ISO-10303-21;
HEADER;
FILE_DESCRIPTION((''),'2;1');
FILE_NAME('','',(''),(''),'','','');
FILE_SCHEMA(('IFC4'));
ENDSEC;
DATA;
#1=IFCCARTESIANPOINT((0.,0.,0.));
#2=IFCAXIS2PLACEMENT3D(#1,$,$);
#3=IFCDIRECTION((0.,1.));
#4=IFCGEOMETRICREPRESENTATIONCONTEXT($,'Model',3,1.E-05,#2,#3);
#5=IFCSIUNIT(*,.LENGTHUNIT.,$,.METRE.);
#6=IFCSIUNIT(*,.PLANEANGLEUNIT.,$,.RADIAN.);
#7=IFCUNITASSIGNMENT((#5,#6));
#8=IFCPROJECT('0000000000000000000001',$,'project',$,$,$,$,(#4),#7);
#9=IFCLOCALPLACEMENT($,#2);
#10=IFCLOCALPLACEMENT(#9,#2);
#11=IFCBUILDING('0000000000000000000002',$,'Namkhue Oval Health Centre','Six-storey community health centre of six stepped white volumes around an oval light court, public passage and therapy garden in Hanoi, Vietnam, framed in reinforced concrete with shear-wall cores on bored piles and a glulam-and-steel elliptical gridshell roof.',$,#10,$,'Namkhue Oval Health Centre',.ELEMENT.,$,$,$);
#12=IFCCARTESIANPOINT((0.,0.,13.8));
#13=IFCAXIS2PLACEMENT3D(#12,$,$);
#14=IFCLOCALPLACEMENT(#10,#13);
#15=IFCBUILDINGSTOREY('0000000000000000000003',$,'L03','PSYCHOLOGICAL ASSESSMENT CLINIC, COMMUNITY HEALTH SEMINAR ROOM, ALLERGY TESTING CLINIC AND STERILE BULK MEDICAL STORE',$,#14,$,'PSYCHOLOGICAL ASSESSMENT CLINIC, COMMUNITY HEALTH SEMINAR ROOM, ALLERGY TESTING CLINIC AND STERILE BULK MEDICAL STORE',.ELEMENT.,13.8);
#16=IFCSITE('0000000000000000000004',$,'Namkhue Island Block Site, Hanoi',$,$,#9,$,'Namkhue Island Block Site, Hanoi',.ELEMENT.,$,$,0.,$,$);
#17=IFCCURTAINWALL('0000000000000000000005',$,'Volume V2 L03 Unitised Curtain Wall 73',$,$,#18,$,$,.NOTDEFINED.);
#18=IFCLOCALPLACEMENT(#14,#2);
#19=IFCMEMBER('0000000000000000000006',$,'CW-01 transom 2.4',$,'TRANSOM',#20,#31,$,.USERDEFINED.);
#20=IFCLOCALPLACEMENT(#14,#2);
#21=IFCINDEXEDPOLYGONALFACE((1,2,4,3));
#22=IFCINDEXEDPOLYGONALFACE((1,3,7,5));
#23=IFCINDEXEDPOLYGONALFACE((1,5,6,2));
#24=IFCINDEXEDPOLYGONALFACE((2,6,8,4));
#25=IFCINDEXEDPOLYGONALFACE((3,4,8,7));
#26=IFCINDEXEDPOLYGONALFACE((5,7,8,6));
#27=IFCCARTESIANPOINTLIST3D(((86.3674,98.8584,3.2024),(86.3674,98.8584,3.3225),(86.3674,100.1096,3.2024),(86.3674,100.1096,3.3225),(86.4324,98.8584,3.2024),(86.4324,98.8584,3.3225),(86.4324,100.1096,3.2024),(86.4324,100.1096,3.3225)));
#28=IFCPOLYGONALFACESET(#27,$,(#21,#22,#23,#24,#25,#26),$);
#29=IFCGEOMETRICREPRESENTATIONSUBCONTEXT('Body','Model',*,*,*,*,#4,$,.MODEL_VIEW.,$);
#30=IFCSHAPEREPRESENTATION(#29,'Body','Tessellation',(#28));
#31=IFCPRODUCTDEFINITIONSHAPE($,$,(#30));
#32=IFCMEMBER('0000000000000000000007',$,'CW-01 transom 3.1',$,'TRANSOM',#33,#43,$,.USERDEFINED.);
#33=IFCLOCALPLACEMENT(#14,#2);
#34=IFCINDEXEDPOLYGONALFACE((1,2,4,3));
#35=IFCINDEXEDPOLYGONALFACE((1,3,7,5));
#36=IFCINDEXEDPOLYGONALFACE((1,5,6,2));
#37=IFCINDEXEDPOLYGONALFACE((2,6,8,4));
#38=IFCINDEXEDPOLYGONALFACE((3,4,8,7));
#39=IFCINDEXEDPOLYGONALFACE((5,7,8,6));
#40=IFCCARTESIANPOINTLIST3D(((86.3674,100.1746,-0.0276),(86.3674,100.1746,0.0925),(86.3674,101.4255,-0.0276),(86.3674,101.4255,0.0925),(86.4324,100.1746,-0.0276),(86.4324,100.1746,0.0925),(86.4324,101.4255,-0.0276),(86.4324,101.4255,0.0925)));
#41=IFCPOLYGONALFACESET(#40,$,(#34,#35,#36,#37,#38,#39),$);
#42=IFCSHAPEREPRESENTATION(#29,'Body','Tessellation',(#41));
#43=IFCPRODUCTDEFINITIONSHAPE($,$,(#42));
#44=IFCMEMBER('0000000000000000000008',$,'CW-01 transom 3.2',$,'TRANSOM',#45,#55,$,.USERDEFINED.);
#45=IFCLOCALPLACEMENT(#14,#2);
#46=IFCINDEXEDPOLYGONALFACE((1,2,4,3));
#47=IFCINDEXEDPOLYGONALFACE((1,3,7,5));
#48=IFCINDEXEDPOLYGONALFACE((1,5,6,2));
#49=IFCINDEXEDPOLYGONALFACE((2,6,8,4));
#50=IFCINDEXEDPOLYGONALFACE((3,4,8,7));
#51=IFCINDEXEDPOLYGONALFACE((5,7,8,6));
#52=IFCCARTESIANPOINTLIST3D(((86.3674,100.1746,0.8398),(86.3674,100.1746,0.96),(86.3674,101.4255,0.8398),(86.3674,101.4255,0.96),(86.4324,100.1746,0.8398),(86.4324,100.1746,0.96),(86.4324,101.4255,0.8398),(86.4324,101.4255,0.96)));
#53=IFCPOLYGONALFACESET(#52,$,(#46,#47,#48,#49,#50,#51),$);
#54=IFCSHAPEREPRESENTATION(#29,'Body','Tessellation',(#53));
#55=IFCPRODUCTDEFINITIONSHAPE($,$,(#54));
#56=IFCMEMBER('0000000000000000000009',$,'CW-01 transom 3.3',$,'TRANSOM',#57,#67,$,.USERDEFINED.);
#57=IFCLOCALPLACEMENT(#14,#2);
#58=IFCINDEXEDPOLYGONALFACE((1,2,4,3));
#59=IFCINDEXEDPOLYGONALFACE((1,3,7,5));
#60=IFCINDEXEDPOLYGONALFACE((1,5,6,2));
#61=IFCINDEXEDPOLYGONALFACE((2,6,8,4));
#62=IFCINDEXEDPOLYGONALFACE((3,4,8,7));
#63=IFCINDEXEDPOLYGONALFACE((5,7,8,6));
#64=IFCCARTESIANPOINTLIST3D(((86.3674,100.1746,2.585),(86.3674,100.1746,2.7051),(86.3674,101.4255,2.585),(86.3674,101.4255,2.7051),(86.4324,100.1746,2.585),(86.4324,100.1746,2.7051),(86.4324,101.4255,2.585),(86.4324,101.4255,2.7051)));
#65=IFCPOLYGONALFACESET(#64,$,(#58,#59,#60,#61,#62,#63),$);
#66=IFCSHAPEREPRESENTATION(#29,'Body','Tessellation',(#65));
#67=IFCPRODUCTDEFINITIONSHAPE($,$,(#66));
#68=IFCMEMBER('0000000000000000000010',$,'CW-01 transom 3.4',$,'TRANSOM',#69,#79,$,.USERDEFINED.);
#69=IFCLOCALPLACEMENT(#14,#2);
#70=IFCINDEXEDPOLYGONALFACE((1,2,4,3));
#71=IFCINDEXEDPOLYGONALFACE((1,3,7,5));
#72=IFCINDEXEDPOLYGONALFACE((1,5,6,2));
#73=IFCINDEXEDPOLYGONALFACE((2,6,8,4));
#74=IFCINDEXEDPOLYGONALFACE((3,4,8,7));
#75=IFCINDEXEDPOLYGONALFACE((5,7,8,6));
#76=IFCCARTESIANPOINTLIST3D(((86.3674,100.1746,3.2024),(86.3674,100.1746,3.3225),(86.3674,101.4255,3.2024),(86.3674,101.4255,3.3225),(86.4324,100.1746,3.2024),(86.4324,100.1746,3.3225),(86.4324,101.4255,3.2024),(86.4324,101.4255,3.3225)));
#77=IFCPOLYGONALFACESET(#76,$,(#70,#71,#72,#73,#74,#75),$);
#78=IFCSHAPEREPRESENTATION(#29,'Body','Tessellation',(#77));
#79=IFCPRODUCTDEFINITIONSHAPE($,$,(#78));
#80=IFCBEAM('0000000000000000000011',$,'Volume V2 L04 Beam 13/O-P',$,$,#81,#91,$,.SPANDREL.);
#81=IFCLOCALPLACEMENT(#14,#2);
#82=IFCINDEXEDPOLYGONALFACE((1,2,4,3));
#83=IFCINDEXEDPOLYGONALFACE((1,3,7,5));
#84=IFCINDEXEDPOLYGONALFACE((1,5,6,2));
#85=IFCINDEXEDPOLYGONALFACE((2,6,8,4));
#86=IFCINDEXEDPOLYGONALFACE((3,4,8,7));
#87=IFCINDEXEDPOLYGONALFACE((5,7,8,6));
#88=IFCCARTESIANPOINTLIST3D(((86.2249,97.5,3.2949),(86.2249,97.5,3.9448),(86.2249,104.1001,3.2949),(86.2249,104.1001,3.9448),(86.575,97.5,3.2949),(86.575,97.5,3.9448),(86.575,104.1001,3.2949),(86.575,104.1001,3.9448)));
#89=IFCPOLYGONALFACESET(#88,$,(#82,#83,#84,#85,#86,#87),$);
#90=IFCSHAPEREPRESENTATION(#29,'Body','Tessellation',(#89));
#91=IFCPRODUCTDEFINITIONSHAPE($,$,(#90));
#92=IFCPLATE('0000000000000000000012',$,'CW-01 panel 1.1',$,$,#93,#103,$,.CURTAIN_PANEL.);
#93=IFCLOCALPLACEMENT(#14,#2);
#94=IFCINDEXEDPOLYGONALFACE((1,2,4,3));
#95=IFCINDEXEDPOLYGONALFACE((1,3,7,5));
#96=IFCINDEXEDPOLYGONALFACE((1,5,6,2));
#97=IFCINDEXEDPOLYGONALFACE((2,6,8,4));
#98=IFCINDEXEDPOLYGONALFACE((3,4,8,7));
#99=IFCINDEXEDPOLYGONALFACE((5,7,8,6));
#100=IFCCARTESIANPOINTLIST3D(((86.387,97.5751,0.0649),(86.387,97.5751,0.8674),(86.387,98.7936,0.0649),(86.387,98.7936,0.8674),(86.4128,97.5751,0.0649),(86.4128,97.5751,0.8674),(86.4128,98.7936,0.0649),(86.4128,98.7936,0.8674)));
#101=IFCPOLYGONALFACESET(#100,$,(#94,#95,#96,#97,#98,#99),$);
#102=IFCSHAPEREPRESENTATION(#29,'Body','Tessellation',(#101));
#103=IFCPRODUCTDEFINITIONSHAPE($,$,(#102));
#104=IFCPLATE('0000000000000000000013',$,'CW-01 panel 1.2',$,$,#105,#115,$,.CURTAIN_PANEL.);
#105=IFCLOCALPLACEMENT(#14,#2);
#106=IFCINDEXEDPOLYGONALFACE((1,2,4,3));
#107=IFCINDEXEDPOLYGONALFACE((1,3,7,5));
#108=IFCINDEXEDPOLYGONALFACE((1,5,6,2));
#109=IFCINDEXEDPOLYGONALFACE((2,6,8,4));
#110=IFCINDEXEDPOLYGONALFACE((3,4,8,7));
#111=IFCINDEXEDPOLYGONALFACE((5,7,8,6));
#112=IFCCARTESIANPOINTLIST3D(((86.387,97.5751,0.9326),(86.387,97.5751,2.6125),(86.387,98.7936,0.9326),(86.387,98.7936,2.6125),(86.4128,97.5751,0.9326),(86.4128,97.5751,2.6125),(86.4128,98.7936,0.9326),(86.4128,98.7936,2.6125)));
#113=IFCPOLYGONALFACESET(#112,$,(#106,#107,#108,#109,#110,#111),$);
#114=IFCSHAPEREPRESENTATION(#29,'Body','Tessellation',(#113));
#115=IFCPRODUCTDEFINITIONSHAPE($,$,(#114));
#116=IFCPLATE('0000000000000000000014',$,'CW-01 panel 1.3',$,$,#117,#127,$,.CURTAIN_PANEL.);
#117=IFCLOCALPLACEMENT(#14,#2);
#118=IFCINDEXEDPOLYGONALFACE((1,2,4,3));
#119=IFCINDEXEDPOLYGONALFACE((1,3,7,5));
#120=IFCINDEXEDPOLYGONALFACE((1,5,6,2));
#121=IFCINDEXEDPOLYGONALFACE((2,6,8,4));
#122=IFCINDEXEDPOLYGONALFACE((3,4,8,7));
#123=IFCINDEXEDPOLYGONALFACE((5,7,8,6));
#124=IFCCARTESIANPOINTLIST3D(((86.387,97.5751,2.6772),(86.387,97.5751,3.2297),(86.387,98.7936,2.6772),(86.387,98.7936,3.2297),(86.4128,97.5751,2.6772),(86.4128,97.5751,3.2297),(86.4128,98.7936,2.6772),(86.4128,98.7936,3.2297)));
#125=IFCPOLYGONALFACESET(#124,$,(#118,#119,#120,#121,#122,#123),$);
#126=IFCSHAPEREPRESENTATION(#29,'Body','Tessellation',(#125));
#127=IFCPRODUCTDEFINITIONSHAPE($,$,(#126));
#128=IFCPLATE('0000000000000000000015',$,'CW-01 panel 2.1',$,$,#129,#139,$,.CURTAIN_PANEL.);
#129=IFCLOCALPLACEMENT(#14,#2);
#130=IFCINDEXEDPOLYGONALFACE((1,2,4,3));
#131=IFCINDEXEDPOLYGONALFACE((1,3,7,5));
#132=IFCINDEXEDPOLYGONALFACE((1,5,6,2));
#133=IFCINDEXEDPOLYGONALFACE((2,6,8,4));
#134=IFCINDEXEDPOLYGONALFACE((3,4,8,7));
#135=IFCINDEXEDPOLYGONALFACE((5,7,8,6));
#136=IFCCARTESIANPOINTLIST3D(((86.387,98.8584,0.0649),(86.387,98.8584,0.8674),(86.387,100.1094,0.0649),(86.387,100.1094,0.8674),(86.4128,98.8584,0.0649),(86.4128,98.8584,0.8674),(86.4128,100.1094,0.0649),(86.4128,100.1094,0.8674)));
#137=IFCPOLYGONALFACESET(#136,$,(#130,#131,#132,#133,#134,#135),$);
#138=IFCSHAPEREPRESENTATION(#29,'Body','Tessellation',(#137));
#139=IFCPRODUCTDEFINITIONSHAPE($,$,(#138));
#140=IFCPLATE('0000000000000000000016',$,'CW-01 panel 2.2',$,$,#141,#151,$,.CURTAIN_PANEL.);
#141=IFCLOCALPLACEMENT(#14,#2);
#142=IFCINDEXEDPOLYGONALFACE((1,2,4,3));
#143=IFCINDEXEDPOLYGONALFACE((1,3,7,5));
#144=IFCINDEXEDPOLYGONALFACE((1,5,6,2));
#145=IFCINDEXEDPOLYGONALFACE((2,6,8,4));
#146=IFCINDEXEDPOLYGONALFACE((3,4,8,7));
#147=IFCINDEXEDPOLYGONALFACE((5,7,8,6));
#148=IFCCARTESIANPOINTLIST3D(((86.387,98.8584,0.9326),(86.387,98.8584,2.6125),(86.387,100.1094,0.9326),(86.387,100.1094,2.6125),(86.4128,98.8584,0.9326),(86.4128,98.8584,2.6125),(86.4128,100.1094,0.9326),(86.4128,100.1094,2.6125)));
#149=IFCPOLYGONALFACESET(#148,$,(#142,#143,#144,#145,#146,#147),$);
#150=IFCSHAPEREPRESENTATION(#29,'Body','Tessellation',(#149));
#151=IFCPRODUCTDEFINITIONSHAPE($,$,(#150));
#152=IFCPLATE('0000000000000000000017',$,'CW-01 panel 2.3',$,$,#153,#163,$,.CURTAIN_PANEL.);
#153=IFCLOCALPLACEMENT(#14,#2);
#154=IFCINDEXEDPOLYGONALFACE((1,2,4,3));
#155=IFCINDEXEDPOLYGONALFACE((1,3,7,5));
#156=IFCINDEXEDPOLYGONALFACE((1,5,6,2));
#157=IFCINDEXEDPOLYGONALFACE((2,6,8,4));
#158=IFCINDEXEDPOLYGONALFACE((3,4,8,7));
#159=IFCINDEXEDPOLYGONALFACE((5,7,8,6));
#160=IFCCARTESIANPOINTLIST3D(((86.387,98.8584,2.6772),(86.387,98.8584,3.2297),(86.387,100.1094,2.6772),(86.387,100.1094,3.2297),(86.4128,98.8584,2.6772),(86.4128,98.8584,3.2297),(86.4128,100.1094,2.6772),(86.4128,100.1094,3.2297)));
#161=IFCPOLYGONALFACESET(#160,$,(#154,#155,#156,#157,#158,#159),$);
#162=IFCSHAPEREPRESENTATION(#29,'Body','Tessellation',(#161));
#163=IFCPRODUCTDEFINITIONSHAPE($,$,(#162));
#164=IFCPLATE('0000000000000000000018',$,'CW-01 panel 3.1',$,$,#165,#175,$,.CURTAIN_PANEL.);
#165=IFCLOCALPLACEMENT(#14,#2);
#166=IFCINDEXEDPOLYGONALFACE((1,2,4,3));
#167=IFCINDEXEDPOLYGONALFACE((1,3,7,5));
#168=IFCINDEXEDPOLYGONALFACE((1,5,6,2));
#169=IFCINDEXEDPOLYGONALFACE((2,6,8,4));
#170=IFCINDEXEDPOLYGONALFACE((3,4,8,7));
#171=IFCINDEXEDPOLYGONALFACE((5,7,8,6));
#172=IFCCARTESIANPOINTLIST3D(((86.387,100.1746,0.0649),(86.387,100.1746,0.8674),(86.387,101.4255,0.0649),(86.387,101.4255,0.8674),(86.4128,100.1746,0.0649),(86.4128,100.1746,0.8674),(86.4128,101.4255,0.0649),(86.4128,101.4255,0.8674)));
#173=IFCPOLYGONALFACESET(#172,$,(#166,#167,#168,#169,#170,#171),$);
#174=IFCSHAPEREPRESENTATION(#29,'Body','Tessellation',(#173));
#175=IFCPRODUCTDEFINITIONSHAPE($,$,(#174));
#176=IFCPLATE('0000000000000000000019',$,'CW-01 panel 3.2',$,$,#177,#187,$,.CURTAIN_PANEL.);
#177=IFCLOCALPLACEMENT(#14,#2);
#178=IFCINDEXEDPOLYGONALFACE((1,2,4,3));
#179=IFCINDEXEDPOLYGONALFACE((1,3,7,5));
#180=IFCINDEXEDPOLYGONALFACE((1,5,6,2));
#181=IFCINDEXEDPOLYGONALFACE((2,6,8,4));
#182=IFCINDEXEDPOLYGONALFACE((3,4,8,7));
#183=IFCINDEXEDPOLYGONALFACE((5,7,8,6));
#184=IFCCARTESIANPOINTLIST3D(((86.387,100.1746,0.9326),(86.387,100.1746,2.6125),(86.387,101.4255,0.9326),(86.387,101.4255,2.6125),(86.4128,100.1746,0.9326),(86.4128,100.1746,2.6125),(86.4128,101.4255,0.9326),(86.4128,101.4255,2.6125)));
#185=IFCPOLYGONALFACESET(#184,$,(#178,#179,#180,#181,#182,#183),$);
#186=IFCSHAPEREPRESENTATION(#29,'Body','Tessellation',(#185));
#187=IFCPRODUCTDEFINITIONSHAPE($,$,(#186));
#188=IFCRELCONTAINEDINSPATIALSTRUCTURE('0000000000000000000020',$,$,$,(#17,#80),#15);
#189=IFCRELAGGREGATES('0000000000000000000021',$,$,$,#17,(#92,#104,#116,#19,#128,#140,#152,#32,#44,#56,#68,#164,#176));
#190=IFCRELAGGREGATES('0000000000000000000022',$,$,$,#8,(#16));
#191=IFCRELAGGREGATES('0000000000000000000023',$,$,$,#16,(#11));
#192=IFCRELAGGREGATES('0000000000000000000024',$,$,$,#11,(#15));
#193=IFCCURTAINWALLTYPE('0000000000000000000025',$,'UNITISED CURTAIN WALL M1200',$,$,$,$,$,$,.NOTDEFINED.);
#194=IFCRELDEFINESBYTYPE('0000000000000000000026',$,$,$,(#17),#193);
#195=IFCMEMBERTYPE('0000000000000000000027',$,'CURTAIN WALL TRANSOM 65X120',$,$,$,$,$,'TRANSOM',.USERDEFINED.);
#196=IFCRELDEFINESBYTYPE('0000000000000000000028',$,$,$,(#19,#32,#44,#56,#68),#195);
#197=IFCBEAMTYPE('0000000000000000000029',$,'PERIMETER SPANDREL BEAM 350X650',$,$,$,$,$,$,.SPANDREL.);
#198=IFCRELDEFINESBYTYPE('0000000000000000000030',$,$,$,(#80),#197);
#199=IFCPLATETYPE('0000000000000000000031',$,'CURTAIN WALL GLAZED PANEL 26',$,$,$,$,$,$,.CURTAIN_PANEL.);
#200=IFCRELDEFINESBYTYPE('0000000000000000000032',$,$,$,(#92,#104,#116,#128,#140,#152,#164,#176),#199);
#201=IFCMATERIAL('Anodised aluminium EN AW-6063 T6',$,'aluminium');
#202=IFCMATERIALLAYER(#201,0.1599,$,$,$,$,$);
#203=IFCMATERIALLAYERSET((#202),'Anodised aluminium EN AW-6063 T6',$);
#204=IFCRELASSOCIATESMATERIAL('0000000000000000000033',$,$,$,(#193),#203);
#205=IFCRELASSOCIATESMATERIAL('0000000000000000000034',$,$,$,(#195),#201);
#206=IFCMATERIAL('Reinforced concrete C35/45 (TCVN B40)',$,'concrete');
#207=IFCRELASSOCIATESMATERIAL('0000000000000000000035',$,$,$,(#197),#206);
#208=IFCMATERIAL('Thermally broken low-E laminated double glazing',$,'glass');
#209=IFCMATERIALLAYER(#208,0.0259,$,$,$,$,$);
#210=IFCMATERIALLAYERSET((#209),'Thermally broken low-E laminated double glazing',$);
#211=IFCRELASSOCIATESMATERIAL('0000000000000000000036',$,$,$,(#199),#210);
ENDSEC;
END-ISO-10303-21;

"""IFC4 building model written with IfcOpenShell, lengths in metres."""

from ifc_helpers import new_model, si_unit, direction, frame, origin, origin_2d, place, context, subcontext, project, spatial, rectangle, extrude, material, layer, layer_set, material_profile, profile_set, type_object, element, aggregate, save


model = new_model("IFC4")

# Units and contexts
model_context = context("Model", 3, precision=1e-05, world=origin(), true_north=direction((0.0, 1.0)))
body_context = subcontext(model_context, "Body", "Model", "MODEL_VIEW")
ifc_project = project(units=[si_unit("LENGTHUNIT", "METRE"), si_unit("PLANEANGLEUNIT", "RADIAN")], contexts=[model_context])

# Site, building, storey
site_placement = place(None, origin())
site = spatial("IfcSite", under=ifc_project, at=site_placement, Name="Namkhue Island Block Site, Hanoi", LongName="Namkhue Island Block Site, Hanoi", CompositionType="ELEMENT", RefElevation=0.0)
building_placement = place(site_placement, origin())
building = spatial("IfcBuilding", under=site, at=building_placement, Name="Namkhue Oval Health Centre", Description="Six-storey community health centre of six stepped white volumes around an oval light court, public passage and therapy garden in Hanoi, Vietnam, framed in reinforced concrete with shear-wall cores on bored piles and a glulam-and-steel elliptical gridshell roof.", LongName="Namkhue Oval Health Centre", CompositionType="ELEMENT")
storey_placement = place(building_placement, frame((0.0, 0.0, 13.8)))
storey = spatial("IfcBuildingStorey", under=building, at=storey_placement, Name="L03", Description="PSYCHOLOGICAL ASSESSMENT CLINIC, COMMUNITY HEALTH SEMINAR ROOM, ALLERGY TESTING CLINIC AND STERILE BULK MEDICAL STORE", LongName="PSYCHOLOGICAL ASSESSMENT CLINIC, COMMUNITY HEALTH SEMINAR ROOM, ALLERGY TESTING CLINIC AND STERILE BULK MEDICAL STORE", CompositionType="ELEMENT", Elevation=13.8)

# Shared definitions
ifc_material_1 = material(Name="Reinforced concrete C35/45 (TCVN B40)", Category="concrete")

# Curtain wall
ifc_material_2 = material(Name="Anodised aluminium EN AW-6063 T6", Category="aluminium")
ifc_layer_1 = layer(ifc_material_2, 0.1599)
ifc_layer_set_1 = layer_set([ifc_layer_1], Name="Anodised aluminium EN AW-6063 T6")
curtain_wall_type_1 = type_object("IfcCurtainWallType", Name="UNITISED CURTAIN WALL M1200", PredefinedType="NOTDEFINED", material=ifc_layer_set_1)
curtain_wall_1_placement = place(storey_placement, origin())
curtain_wall_1 = element("IfcCurtainWall", 1, at=curtain_wall_1_placement, inside=storey, type_object=curtain_wall_type_1, Name="Volume V2 L03 Unitised Curtain Wall 73", PredefinedType="NOTDEFINED")

# Members
ifc_material_profile_1 = material_profile(ifc_material_2, rectangle(XDim=0.0649, YDim=0.1201, at=origin_2d()), Name="ALU 65x120")
ifc_profile_set_1 = profile_set([ifc_material_profile_1], Name="Anodised aluminium EN AW-6063 T6")
member_type_1 = type_object("IfcMemberType", Name="CURTAIN WALL TRANSOM 65X120", ElementType="TRANSOM", PredefinedType="USERDEFINED", material=ifc_profile_set_1)
member_1_placement = place(storey_placement, frame((86.3999, 98.8584, 3.2625), z_axis=(0.0, 1.0, 0.0), x_axis=(-1.0, 0.0, 0.0)))
member_1 = element("IfcMember", 2, at=member_1_placement, type_object=member_type_1, Name="CW-01 transom 2.4", ObjectType="TRANSOM", PredefinedType="USERDEFINED", context=body_context, shape_type="SweptSolid", body=[
    extrude(rectangle(XDim=0.0649, YDim=0.1201, at=origin_2d()), origin(), (0.0, 0.0, 1.0), 1.2512),
])
member_2_placement = place(storey_placement, frame((86.3999, 100.1746, 0.0325), z_axis=(0.0, 1.0, 0.0), x_axis=(-1.0, 0.0, 0.0)))
member_2 = element("IfcMember", 3, at=member_2_placement, type_object=member_type_1, Name="CW-01 transom 3.1", ObjectType="TRANSOM", PredefinedType="USERDEFINED", context=body_context, shape_type="SweptSolid", body=[
    extrude(rectangle(XDim=0.0649, YDim=0.1201, at=origin_2d()), origin(), (0.0, 0.0, 1.0), 1.251),
])
member_3_placement = place(storey_placement, frame((86.3999, 100.1746, 0.8999), z_axis=(0.0, 1.0, 0.0), x_axis=(-1.0, 0.0, 0.0)))
member_3 = element("IfcMember", 4, at=member_3_placement, type_object=member_type_1, Name="CW-01 transom 3.2", ObjectType="TRANSOM", PredefinedType="USERDEFINED", context=body_context, shape_type="SweptSolid", body=[
    extrude(rectangle(XDim=0.0649, YDim=0.1201, at=origin_2d()), origin(), (0.0, 0.0, 1.0), 1.251),
])
member_4_placement = place(storey_placement, frame((86.3999, 100.1746, 2.645), z_axis=(0.0, 1.0, 0.0), x_axis=(-1.0, 0.0, 0.0)))
member_4 = element("IfcMember", 5, at=member_4_placement, type_object=member_type_1, Name="CW-01 transom 3.3", ObjectType="TRANSOM", PredefinedType="USERDEFINED", context=body_context, shape_type="SweptSolid", body=[
    extrude(rectangle(XDim=0.0649, YDim=0.1201, at=origin_2d()), origin(), (0.0, 0.0, 1.0), 1.251),
])
member_5_placement = place(storey_placement, frame((86.3999, 100.1746, 3.2625), z_axis=(0.0, 1.0, 0.0), x_axis=(-1.0, 0.0, 0.0)))
member_5 = element("IfcMember", 6, at=member_5_placement, type_object=member_type_1, Name="CW-01 transom 3.4", ObjectType="TRANSOM", PredefinedType="USERDEFINED", context=body_context, shape_type="SweptSolid", body=[
    extrude(rectangle(XDim=0.0649, YDim=0.1201, at=origin_2d()), origin(), (0.0, 0.0, 1.0), 1.251),
])

# Beam
ifc_material_profile_2 = material_profile(ifc_material_1, rectangle(XDim=0.3501, YDim=0.6499, at=origin_2d()), Name="RC 350x650")
ifc_profile_set_2 = profile_set([ifc_material_profile_2], Name="Reinforced concrete C35/45 (TCVN B40)")
beam_type = type_object("IfcBeamType", Name="PERIMETER SPANDREL BEAM 350X650", PredefinedType="SPANDREL", material=ifc_profile_set_2)
beam_placement = place(storey_placement, frame((86.3999, 97.5, 3.6199), z_axis=(0.0, 1.0, 0.0), x_axis=(-1.0, 0.0, 0.0)))
element("IfcBeam", 7, at=beam_placement, inside=storey, type_object=beam_type, Name="Volume V2 L04 Beam 13/O-P", PredefinedType="SPANDREL", context=body_context, shape_type="SweptSolid", body=[
    extrude(rectangle(XDim=0.3501, YDim=0.6499, at=origin_2d()), origin(), (0.0, 0.0, 1.0), 6.6001),
])

# Plates
ifc_material_3 = material(Name="Thermally broken low-E laminated double glazing", Category="glass")
ifc_layer_2 = layer(ifc_material_3, 0.0259)
ifc_layer_set_2 = layer_set([ifc_layer_2], Name="Thermally broken low-E laminated double glazing")
plate_type_1 = type_object("IfcPlateType", Name="CURTAIN WALL GLAZED PANEL 26", PredefinedType="CURTAIN_PANEL", material=ifc_layer_set_2)
plate_1_placement = place(storey_placement, frame((86.3999, 98.1843, 0.0649), z_axis=(0.0, 0.0, 1.0), x_axis=(0.0, 1.0, 0.0)))
plate_1 = element("IfcPlate", 8, at=plate_1_placement, type_object=plate_type_1, Name="CW-01 panel 1.1", PredefinedType="CURTAIN_PANEL", context=body_context, shape_type="SweptSolid", body=[
    extrude(rectangle(XDim=1.2185, YDim=0.0259, at=origin_2d()), origin(), (0.0, 0.0, 1.0), 0.8025),
])
plate_2_placement = place(storey_placement, frame((86.3999, 98.1843, 0.9326), z_axis=(0.0, 0.0, 1.0), x_axis=(0.0, 1.0, 0.0)))
plate_2 = element("IfcPlate", 9, at=plate_2_placement, type_object=plate_type_1, Name="CW-01 panel 1.2", PredefinedType="CURTAIN_PANEL", context=body_context, shape_type="SweptSolid", body=[
    extrude(rectangle(XDim=1.2185, YDim=0.0259, at=origin_2d()), origin(), (0.0, 0.0, 1.0), 1.6799),
])
plate_3_placement = place(storey_placement, frame((86.3999, 98.1843, 2.6772), z_axis=(0.0, 0.0, 1.0), x_axis=(0.0, 1.0, 0.0)))
plate_3 = element("IfcPlate", 10, at=plate_3_placement, type_object=plate_type_1, Name="CW-01 panel 1.3", PredefinedType="CURTAIN_PANEL", context=body_context, shape_type="SweptSolid", body=[
    extrude(rectangle(XDim=1.2185, YDim=0.0259, at=origin_2d()), origin(), (0.0, 0.0, 1.0), 0.5525),
])
plate_4_placement = place(storey_placement, frame((86.3999, 99.4839, 0.0649), z_axis=(0.0, 0.0, 1.0), x_axis=(0.0, 1.0, 0.0)))
plate_4 = element("IfcPlate", 11, at=plate_4_placement, type_object=plate_type_1, Name="CW-01 panel 2.1", PredefinedType="CURTAIN_PANEL", context=body_context, shape_type="SweptSolid", body=[
    extrude(rectangle(XDim=1.251, YDim=0.0259, at=origin_2d()), origin(), (0.0, 0.0, 1.0), 0.8025),
])
plate_5_placement = place(storey_placement, frame((86.3999, 99.4839, 0.9326), z_axis=(0.0, 0.0, 1.0), x_axis=(0.0, 1.0, 0.0)))
plate_5 = element("IfcPlate", 12, at=plate_5_placement, type_object=plate_type_1, Name="CW-01 panel 2.2", PredefinedType="CURTAIN_PANEL", context=body_context, shape_type="SweptSolid", body=[
    extrude(rectangle(XDim=1.251, YDim=0.0259, at=origin_2d()), origin(), (0.0, 0.0, 1.0), 1.6799),
])
plate_6_placement = place(storey_placement, frame((86.3999, 99.4839, 2.6772), z_axis=(0.0, 0.0, 1.0), x_axis=(0.0, 1.0, 0.0)))
plate_6 = element("IfcPlate", 13, at=plate_6_placement, type_object=plate_type_1, Name="CW-01 panel 2.3", PredefinedType="CURTAIN_PANEL", context=body_context, shape_type="SweptSolid", body=[
    extrude(rectangle(XDim=1.251, YDim=0.0259, at=origin_2d()), origin(), (0.0, 0.0, 1.0), 0.5525),
])
plate_7_placement = place(storey_placement, frame((86.3999, 100.8, 0.0649), z_axis=(0.0, 0.0, 1.0), x_axis=(0.0, 1.0, 0.0)))
plate_7 = element("IfcPlate", 14, at=plate_7_placement, type_object=plate_type_1, Name="CW-01 panel 3.1", PredefinedType="CURTAIN_PANEL", context=body_context, shape_type="SweptSolid", body=[
    extrude(rectangle(XDim=1.251, YDim=0.0259, at=origin_2d()), origin(), (0.0, 0.0, 1.0), 0.8025),
])
plate_8_placement = place(storey_placement, frame((86.3999, 100.8, 0.9326), z_axis=(0.0, 0.0, 1.0), x_axis=(0.0, 1.0, 0.0)))
plate_8 = element("IfcPlate", 15, at=plate_8_placement, type_object=plate_type_1, Name="CW-01 panel 3.2", PredefinedType="CURTAIN_PANEL", context=body_context, shape_type="SweptSolid", body=[
    extrude(rectangle(XDim=1.251, YDim=0.0259, at=origin_2d()), origin(), (0.0, 0.0, 1.0), 1.6799),
])
aggregate(curtain_wall_1, [plate_1, plate_2, plate_3, member_1, plate_4, plate_5, plate_6, member_2, member_3, member_4, member_5, plate_7, plate_8])

save(model, "model.ifc")
